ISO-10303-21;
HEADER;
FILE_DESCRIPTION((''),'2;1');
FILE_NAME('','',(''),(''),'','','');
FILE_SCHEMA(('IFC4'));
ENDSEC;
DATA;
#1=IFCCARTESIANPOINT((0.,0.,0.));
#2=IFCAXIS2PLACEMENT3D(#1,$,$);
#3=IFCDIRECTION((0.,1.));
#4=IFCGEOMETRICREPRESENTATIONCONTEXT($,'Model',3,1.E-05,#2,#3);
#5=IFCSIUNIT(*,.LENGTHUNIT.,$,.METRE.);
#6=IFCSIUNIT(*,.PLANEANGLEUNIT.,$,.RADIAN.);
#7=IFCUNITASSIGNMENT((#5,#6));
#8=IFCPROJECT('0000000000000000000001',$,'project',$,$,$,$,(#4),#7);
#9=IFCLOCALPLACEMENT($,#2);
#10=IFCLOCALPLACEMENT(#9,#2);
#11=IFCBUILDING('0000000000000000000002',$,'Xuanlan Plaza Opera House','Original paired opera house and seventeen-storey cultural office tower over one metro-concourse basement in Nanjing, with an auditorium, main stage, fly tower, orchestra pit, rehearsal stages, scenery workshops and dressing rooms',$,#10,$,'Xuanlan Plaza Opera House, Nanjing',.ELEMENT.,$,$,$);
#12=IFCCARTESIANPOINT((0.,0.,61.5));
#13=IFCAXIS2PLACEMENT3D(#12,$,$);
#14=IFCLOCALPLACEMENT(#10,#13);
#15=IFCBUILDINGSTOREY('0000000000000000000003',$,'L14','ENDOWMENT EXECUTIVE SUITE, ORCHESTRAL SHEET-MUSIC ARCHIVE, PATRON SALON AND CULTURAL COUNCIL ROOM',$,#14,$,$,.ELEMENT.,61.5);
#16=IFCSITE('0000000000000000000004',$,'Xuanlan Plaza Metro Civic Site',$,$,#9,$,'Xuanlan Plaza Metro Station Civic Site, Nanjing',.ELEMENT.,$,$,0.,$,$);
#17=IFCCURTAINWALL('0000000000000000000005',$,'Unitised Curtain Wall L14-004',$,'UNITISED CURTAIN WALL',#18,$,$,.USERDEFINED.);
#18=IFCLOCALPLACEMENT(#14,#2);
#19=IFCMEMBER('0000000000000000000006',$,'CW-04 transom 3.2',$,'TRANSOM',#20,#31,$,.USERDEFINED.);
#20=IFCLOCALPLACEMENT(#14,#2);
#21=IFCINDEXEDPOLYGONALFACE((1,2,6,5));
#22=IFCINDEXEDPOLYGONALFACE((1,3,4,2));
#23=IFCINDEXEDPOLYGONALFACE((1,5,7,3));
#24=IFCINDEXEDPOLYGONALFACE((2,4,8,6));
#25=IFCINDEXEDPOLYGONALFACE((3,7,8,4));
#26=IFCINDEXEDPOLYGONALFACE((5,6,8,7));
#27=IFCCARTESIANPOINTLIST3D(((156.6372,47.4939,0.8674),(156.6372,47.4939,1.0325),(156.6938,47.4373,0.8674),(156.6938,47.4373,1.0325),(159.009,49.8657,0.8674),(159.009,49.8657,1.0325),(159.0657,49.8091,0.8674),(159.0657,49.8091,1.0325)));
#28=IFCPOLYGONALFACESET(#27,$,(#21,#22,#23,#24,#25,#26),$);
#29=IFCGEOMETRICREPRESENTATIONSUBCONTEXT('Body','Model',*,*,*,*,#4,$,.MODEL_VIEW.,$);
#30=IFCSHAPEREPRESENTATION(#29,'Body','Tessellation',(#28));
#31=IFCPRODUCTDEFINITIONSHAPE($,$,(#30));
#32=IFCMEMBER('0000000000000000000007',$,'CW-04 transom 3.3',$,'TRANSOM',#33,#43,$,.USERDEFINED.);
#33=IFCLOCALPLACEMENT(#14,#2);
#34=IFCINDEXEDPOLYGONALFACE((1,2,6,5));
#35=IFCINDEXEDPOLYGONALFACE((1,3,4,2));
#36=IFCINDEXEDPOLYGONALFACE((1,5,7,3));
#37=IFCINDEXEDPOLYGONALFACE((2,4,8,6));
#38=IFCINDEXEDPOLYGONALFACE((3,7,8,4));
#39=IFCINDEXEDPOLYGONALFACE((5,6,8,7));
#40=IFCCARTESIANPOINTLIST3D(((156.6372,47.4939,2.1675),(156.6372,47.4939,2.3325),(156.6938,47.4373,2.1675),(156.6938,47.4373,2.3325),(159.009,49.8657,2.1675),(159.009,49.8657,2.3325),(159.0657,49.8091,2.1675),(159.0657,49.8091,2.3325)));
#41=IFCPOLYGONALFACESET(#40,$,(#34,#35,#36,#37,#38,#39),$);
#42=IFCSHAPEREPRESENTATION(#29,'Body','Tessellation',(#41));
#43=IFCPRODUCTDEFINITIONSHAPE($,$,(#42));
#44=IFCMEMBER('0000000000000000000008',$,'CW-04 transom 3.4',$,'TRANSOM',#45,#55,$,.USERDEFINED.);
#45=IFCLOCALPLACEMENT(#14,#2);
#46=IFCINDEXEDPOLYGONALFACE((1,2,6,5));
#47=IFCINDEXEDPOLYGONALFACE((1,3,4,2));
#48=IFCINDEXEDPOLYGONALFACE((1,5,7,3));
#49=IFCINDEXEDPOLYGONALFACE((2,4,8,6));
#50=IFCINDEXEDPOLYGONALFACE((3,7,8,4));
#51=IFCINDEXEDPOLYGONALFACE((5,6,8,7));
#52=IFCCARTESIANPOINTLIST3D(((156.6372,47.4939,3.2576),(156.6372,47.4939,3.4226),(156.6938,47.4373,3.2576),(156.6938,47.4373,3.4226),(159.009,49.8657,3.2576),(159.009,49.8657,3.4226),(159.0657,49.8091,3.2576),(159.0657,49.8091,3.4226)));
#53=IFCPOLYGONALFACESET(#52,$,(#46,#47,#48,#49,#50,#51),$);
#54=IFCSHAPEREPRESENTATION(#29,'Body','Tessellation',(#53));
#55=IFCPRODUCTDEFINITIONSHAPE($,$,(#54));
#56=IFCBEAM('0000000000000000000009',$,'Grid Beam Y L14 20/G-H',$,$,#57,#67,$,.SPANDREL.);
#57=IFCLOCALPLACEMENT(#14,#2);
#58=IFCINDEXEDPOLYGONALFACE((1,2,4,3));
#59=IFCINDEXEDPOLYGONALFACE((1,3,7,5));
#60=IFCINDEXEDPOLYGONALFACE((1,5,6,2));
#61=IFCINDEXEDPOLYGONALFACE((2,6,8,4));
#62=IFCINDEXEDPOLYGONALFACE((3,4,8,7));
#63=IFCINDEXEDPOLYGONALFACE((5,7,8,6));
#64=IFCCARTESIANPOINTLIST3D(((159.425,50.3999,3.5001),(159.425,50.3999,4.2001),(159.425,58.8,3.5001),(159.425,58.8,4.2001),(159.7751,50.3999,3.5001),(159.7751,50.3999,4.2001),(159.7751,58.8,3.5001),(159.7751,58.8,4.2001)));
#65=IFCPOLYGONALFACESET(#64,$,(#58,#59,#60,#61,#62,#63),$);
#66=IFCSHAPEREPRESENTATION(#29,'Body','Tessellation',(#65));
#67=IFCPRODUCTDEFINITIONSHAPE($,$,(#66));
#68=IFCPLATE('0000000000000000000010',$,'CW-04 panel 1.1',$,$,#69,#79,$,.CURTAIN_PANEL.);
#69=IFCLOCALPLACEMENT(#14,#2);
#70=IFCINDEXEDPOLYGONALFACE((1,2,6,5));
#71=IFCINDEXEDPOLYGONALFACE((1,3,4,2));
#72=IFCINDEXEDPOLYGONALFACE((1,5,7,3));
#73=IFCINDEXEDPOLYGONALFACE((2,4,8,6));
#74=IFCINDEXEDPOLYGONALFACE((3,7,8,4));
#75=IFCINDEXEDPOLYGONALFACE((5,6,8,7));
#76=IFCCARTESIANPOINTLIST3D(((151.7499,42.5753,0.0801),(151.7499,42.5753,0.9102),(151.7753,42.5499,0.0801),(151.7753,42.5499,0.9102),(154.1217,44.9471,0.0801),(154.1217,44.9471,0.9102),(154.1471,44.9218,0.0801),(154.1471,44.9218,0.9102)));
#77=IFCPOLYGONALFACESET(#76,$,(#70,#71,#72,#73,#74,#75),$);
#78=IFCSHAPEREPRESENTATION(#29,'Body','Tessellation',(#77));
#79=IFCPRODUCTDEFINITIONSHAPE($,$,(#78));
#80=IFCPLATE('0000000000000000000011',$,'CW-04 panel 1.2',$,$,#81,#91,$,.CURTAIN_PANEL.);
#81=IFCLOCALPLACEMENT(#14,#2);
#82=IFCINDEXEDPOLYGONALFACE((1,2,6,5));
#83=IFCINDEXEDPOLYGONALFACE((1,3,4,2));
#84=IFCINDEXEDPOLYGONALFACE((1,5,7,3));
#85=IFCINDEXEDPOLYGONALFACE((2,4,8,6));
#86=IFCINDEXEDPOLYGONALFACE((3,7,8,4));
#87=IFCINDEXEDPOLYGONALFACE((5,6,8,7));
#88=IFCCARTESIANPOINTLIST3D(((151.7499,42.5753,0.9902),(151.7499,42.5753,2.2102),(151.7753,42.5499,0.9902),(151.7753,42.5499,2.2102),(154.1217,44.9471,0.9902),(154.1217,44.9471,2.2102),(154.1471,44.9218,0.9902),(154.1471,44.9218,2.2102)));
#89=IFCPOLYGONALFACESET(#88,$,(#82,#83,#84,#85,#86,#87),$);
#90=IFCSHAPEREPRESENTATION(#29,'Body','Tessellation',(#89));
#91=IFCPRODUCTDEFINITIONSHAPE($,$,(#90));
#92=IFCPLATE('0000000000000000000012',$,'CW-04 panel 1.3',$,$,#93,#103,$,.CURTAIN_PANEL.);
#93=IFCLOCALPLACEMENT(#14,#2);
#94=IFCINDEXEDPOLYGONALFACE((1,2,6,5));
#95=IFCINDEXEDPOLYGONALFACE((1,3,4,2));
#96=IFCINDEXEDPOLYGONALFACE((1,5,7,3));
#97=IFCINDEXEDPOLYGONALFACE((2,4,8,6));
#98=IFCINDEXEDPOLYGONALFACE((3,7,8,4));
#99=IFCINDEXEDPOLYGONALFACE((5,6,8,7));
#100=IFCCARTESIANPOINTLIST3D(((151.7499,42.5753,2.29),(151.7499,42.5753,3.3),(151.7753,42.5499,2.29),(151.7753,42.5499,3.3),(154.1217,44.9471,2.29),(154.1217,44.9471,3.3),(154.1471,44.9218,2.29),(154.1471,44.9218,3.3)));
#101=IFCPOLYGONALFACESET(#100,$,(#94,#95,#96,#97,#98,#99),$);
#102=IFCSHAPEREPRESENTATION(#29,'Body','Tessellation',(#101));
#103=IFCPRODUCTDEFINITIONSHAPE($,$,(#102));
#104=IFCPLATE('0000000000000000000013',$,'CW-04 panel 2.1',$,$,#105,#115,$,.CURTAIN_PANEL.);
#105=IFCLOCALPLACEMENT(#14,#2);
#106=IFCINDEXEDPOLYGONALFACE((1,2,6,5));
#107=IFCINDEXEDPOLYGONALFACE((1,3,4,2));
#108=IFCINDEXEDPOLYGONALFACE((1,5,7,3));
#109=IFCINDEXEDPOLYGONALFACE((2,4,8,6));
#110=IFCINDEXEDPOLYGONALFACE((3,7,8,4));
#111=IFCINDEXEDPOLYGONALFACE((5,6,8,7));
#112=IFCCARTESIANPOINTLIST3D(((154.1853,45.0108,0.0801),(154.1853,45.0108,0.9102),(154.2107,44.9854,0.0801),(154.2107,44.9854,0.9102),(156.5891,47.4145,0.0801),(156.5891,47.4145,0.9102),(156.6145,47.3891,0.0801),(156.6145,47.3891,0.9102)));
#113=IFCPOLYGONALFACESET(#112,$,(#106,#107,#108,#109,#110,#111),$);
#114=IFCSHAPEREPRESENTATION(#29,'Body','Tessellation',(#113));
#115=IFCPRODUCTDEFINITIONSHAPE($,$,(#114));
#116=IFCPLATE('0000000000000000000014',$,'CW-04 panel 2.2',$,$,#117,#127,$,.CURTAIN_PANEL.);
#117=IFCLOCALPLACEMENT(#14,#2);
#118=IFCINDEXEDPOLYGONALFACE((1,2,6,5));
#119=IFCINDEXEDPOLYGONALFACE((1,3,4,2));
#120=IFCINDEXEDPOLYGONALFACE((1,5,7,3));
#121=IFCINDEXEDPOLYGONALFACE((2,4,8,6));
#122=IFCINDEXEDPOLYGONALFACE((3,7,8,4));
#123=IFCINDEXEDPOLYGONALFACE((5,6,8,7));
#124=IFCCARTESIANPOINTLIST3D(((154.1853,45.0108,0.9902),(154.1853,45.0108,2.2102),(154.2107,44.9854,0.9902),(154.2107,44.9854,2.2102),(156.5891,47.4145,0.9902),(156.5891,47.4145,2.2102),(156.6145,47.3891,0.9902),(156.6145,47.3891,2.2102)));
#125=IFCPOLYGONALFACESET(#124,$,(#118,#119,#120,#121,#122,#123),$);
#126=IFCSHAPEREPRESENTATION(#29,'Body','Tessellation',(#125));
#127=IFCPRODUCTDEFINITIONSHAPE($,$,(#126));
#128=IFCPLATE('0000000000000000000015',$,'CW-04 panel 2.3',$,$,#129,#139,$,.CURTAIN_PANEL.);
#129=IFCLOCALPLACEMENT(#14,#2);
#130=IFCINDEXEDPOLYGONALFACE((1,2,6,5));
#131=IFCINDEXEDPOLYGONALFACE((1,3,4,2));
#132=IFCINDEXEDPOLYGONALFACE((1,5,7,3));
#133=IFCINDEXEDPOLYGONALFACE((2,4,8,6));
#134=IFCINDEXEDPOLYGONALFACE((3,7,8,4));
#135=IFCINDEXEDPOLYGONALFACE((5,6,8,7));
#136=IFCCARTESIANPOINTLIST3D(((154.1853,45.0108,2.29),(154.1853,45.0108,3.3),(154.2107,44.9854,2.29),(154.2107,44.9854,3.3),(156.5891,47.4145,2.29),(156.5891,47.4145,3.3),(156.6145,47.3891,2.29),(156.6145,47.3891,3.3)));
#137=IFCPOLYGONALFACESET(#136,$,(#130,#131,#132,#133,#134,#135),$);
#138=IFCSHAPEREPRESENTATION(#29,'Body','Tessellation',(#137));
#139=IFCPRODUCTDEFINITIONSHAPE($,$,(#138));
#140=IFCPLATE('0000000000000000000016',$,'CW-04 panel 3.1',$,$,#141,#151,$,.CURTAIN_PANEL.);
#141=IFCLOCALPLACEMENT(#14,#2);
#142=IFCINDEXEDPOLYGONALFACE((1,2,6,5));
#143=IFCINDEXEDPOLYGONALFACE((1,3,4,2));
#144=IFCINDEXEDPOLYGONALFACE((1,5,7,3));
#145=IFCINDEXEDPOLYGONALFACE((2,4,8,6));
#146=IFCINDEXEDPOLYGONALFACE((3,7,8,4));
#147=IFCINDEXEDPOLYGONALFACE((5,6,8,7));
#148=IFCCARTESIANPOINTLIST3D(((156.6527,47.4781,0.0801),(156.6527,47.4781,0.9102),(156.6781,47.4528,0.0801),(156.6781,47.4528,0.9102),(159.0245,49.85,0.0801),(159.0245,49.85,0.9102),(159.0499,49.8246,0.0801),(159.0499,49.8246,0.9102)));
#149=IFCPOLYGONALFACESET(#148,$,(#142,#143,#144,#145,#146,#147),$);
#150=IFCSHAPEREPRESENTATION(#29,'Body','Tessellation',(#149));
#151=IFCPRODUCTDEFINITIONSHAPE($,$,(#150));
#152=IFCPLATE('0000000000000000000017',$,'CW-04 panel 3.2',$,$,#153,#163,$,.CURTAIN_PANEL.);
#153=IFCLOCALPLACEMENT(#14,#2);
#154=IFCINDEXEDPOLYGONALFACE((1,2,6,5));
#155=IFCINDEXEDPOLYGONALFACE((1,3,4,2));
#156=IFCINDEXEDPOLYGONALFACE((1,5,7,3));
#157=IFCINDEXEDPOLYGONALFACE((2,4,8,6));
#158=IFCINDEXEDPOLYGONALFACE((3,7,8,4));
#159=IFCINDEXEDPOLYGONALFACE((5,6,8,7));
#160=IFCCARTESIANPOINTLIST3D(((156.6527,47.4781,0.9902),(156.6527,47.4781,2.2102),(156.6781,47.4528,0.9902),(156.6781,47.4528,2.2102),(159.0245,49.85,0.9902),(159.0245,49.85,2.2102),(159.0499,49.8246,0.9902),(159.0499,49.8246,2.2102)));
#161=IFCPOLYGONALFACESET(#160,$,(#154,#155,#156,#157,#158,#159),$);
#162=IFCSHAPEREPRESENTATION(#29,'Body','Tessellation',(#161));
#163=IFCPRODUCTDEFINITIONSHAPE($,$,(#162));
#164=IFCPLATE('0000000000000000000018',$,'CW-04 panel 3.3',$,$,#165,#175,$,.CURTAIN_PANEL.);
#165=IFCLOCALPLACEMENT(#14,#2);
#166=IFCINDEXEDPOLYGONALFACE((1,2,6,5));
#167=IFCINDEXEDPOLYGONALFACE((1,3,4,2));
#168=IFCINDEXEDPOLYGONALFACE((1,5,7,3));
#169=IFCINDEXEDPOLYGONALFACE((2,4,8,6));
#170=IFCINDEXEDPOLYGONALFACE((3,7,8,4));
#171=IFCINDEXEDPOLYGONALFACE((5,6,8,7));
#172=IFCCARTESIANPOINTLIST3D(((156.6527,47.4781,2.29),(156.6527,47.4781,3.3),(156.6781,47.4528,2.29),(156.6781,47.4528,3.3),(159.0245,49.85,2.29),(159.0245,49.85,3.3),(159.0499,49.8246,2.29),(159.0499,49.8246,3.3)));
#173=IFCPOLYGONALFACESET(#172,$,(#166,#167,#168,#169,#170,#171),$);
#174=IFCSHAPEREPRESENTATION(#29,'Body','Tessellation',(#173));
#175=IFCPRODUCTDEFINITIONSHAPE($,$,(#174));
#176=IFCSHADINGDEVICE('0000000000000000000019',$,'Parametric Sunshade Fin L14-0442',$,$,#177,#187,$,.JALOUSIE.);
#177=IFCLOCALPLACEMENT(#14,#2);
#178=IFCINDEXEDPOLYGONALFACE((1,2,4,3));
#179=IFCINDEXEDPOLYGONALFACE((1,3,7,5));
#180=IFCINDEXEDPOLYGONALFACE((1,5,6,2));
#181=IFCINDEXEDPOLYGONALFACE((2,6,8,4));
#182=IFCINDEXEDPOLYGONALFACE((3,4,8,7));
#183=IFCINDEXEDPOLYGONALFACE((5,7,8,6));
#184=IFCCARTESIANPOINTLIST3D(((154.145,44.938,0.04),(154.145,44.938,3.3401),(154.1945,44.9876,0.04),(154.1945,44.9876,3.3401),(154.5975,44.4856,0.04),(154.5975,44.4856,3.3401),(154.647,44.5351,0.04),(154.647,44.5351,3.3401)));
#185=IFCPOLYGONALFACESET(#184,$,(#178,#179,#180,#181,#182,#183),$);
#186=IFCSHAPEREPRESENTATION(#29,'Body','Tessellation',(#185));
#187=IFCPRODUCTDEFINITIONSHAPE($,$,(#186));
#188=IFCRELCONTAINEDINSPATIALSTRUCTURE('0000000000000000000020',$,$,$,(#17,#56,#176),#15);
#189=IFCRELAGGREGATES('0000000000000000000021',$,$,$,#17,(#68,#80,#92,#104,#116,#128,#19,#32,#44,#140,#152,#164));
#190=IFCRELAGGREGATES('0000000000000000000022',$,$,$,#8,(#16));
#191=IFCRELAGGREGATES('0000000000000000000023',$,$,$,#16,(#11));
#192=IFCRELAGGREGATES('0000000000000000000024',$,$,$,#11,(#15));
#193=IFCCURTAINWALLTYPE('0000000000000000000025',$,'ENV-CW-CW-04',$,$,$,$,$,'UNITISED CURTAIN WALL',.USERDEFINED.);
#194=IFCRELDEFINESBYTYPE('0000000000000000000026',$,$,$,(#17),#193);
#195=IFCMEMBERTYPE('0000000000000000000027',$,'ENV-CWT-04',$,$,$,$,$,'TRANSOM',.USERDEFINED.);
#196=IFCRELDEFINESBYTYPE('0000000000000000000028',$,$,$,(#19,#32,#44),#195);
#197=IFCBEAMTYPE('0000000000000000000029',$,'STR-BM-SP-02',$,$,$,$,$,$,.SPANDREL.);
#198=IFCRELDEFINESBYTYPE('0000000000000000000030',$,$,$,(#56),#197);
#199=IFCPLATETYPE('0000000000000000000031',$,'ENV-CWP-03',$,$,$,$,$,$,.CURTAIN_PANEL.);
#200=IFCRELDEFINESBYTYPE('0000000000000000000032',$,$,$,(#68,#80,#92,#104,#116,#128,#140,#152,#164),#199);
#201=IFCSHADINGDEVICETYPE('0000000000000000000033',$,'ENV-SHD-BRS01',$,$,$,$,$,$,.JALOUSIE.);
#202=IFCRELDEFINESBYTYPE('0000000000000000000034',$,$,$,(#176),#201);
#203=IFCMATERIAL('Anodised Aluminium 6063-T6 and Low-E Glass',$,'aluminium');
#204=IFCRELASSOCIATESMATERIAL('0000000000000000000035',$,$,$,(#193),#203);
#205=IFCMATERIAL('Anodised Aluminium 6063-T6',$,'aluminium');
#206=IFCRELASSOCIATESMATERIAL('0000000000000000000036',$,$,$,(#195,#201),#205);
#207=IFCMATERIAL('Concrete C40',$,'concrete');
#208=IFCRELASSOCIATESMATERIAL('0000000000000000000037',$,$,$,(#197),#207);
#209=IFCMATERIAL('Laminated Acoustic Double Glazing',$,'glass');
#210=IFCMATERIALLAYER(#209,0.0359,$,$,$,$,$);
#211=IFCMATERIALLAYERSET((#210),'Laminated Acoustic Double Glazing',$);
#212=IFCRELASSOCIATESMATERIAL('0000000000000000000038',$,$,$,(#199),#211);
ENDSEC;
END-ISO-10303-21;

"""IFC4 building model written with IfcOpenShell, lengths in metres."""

from ifc_helpers import new_model, si_unit, direction, frame, origin, origin_2d, place, context, subcontext, project, spatial, rectangle, extrude, material, layer, layer_set, material_profile, profile_set, type_object, element, aggregate, save


model = new_model("IFC4")

# Units and contexts
model_context = context("Model", 3, precision=1e-05, world=origin(), true_north=direction((0.0, 1.0)))
body_context = subcontext(model_context, "Body", "Model", "MODEL_VIEW")
ifc_project = project(units=[si_unit("LENGTHUNIT", "METRE"), si_unit("PLANEANGLEUNIT", "RADIAN")], contexts=[model_context])

# Site, building, storey
site_placement = place(None, origin())
site = spatial("IfcSite", under=ifc_project, at=site_placement, Name="Xuanlan Plaza Metro Civic Site", LongName="Xuanlan Plaza Metro Station Civic Site, Nanjing", CompositionType="ELEMENT", RefElevation=0.0)
building_placement = place(site_placement, origin())
building = spatial("IfcBuilding", under=site, at=building_placement, Name="Xuanlan Plaza Opera House", Description="Original paired opera house and seventeen-storey cultural office tower over one metro-concourse basement in Nanjing, with an auditorium, main stage, fly tower, orchestra pit, rehearsal stages, scenery workshops and dressing rooms", LongName="Xuanlan Plaza Opera House, Nanjing", CompositionType="ELEMENT")
storey_placement = place(building_placement, frame((0.0, 0.0, 61.5)))
storey = spatial("IfcBuildingStorey", under=building, at=storey_placement, Name="L14", Description="ENDOWMENT EXECUTIVE SUITE, ORCHESTRAL SHEET-MUSIC ARCHIVE, PATRON SALON AND CULTURAL COUNCIL ROOM", CompositionType="ELEMENT", Elevation=61.5)

# Curtain wall, members
ifc_material_1 = material(Name="Anodised Aluminium 6063-T6 and Low-E Glass", Category="aluminium")
curtain_wall_type = type_object("IfcCurtainWallType", Name="ENV-CW-CW-04", ElementType="UNITISED CURTAIN WALL", PredefinedType="USERDEFINED", material=ifc_material_1)
curtain_wall_placement = place(storey_placement, origin())
curtain_wall = element("IfcCurtainWall", 1, at=curtain_wall_placement, inside=storey, type_object=curtain_wall_type, Name="Unitised Curtain Wall L14-004", ObjectType="UNITISED CURTAIN WALL", PredefinedType="USERDEFINED")
ifc_material_2 = material(Name="Anodised Aluminium 6063-T6", Category="aluminium")
ifc_material_profile_1 = material_profile(ifc_material_2, rectangle(XDim=0.0801, YDim=0.165, at=origin_2d()), Name="ALU-T 80x165")
ifc_profile_set_1 = profile_set([ifc_material_profile_1], Name="Anodised Aluminium 6063-T6")
member_type_1 = type_object("IfcMemberType", Name="ENV-CWT-04", ElementType="TRANSOM", PredefinedType="USERDEFINED", material=ifc_profile_set_1)
member_1_placement = place(storey_placement, frame((156.6655, 47.4656, 0.95), z_axis=(0.707107, 0.707107, 0.0), x_axis=(-0.707107, 0.707107, 0.0)))
member_1 = element("IfcMember", 2, at=member_1_placement, type_object=member_type_1, Name="CW-04 transom 3.2", ObjectType="TRANSOM", PredefinedType="USERDEFINED", context=body_context, shape_type="SweptSolid", body=[
    extrude(rectangle(XDim=0.0801, YDim=0.165, at=origin_2d()), origin(), (0.0, 0.0, 1.0), 3.3542),
])
member_2_placement = place(storey_placement, frame((156.6655, 47.4656, 2.25), z_axis=(0.707107, 0.707107, 0.0), x_axis=(-0.707107, 0.707107, 0.0)))
member_2 = element("IfcMember", 3, at=member_2_placement, type_object=member_type_1, Name="CW-04 transom 3.3", ObjectType="TRANSOM", PredefinedType="USERDEFINED", context=body_context, shape_type="SweptSolid", body=[
    extrude(rectangle(XDim=0.0801, YDim=0.165, at=origin_2d()), origin(), (0.0, 0.0, 1.0), 3.3542),
])
member_3_placement = place(storey_placement, frame((156.6655, 47.4656, 3.3401), z_axis=(0.707107, 0.707107, 0.0), x_axis=(-0.707107, 0.707107, 0.0)))
member_3 = element("IfcMember", 4, at=member_3_placement, type_object=member_type_1, Name="CW-04 transom 3.4", ObjectType="TRANSOM", PredefinedType="USERDEFINED", context=body_context, shape_type="SweptSolid", body=[
    extrude(rectangle(XDim=0.0801, YDim=0.165, at=origin_2d()), origin(), (0.0, 0.0, 1.0), 3.3542),
])

# Beam
ifc_material_3 = material(Name="Concrete C40", Category="concrete")
ifc_material_profile_2 = material_profile(ifc_material_3, rectangle(XDim=0.3501, YDim=0.7, at=origin_2d()), Name="RC-SPD 350x700")
ifc_profile_set_2 = profile_set([ifc_material_profile_2], Name="Concrete C40")
beam_type = type_object("IfcBeamType", Name="STR-BM-SP-02", PredefinedType="SPANDREL", material=ifc_profile_set_2)
beam_placement = place(storey_placement, frame((159.6001, 50.3999, 3.8501), z_axis=(0.0, 1.0, 0.0), x_axis=(-1.0, 0.0, 0.0)))
element("IfcBeam", 5, at=beam_placement, inside=storey, type_object=beam_type, Name="Grid Beam Y L14 20/G-H", PredefinedType="SPANDREL", context=body_context, shape_type="SweptSolid", body=[
    extrude(rectangle(XDim=0.3501, YDim=0.7, at=origin_2d()), origin(), (0.0, 0.0, 1.0), 8.4001),
])

# Plates
ifc_material_4 = material(Name="Laminated Acoustic Double Glazing", Category="glass")
ifc_layer = layer(ifc_material_4, 0.0359)
ifc_layer_set = layer_set([ifc_layer], Name="Laminated Acoustic Double Glazing")
plate_type = type_object("IfcPlateType", Name="ENV-CWP-03", PredefinedType="CURTAIN_PANEL", material=ifc_layer_set)
plate_1_placement = place(storey_placement, frame((152.9485, 43.7485, 0.0801), z_axis=(0.0, 0.0, 1.0), x_axis=(0.707107, 0.707107, 0.0)))
plate_1 = element("IfcPlate", 6, at=plate_1_placement, type_object=plate_type, Name="CW-04 panel 1.1", PredefinedType="CURTAIN_PANEL", context=body_context, shape_type="SweptSolid", body=[
    extrude(rectangle(XDim=3.3542, YDim=0.0359, at=origin_2d()), origin(), (0.0, 0.0, 1.0), 0.8301),
])
plate_2_placement = place(storey_placement, frame((152.9485, 43.7485, 0.9902), z_axis=(0.0, 0.0, 1.0), x_axis=(0.707107, 0.707107, 0.0)))
plate_2 = element("IfcPlate", 7, at=plate_2_placement, type_object=plate_type, Name="CW-04 panel 1.2", PredefinedType="CURTAIN_PANEL", context=body_context, shape_type="SweptSolid", body=[
    extrude(rectangle(XDim=3.3542, YDim=0.0359, at=origin_2d()), origin(), (0.0, 0.0, 1.0), 1.22),
])
plate_3_placement = place(storey_placement, frame((152.9485, 43.7485, 2.29), z_axis=(0.0, 0.0, 1.0), x_axis=(0.707107, 0.707107, 0.0)))
plate_3 = element("IfcPlate", 8, at=plate_3_placement, type_object=plate_type, Name="CW-04 panel 1.3", PredefinedType="CURTAIN_PANEL", context=body_context, shape_type="SweptSolid", body=[
    extrude(rectangle(XDim=3.3542, YDim=0.0359, at=origin_2d()), origin(), (0.0, 0.0, 1.0), 1.01),
])
plate_4_placement = place(storey_placement, frame((155.3999, 46.2, 0.0801), z_axis=(0.0, 0.0, 1.0), x_axis=(0.707107, 0.707107, 0.0)))
plate_4 = element("IfcPlate", 9, at=plate_4_placement, type_object=plate_type, Name="CW-04 panel 2.1", PredefinedType="CURTAIN_PANEL", context=body_context, shape_type="SweptSolid", body=[
    extrude(rectangle(XDim=3.3994, YDim=0.0359, at=origin_2d()), origin(), (0.0, 0.0, 1.0), 0.8301),
])
plate_5_placement = place(storey_placement, frame((155.3999, 46.2, 0.9902), z_axis=(0.0, 0.0, 1.0), x_axis=(0.707107, 0.707107, 0.0)))
plate_5 = element("IfcPlate", 10, at=plate_5_placement, type_object=plate_type, Name="CW-04 panel 2.2", PredefinedType="CURTAIN_PANEL", context=body_context, shape_type="SweptSolid", body=[
    extrude(rectangle(XDim=3.3994, YDim=0.0359, at=origin_2d()), origin(), (0.0, 0.0, 1.0), 1.22),
])
plate_6_placement = place(storey_placement, frame((155.3999, 46.2, 2.29), z_axis=(0.0, 0.0, 1.0), x_axis=(0.707107, 0.707107, 0.0)))
plate_6 = element("IfcPlate", 11, at=plate_6_placement, type_object=plate_type, Name="CW-04 panel 2.3", PredefinedType="CURTAIN_PANEL", context=body_context, shape_type="SweptSolid", body=[
    extrude(rectangle(XDim=3.3994, YDim=0.0359, at=origin_2d()), origin(), (0.0, 0.0, 1.0), 1.01),
])
plate_7_placement = place(storey_placement, frame((157.8513, 48.6514, 0.0801), z_axis=(0.0, 0.0, 1.0), x_axis=(0.707107, 0.707107, 0.0)))
plate_7 = element("IfcPlate", 12, at=plate_7_placement, type_object=plate_type, Name="CW-04 panel 3.1", PredefinedType="CURTAIN_PANEL", context=body_context, shape_type="SweptSolid", body=[
    extrude(rectangle(XDim=3.3542, YDim=0.0359, at=origin_2d()), origin(), (0.0, 0.0, 1.0), 0.8301),
])
plate_8_placement = place(storey_placement, frame((157.8513, 48.6514, 0.9902), z_axis=(0.0, 0.0, 1.0), x_axis=(0.707107, 0.707107, 0.0)))
plate_8 = element("IfcPlate", 13, at=plate_8_placement, type_object=plate_type, Name="CW-04 panel 3.2", PredefinedType="CURTAIN_PANEL", context=body_context, shape_type="SweptSolid", body=[
    extrude(rectangle(XDim=3.3542, YDim=0.0359, at=origin_2d()), origin(), (0.0, 0.0, 1.0), 1.22),
])
plate_9_placement = place(storey_placement, frame((157.8513, 48.6514, 2.29), z_axis=(0.0, 0.0, 1.0), x_axis=(0.707107, 0.707107, 0.0)))
plate_9 = element("IfcPlate", 14, at=plate_9_placement, type_object=plate_type, Name="CW-04 panel 3.3", PredefinedType="CURTAIN_PANEL", context=body_context, shape_type="SweptSolid", body=[
    extrude(rectangle(XDim=3.3542, YDim=0.0359, at=origin_2d()), origin(), (0.0, 0.0, 1.0), 1.01),
])
aggregate(curtain_wall, [plate_1, plate_2, plate_3, plate_4, plate_5, plate_6, member_1, member_2, member_3, plate_7, plate_8, plate_9])

# Shading device
shading_device_type = type_object("IfcShadingDeviceType", Name="ENV-SHD-BRS01", PredefinedType="JALOUSIE", material=ifc_material_2)
for number, where, z_axis, x_axis, name in (
    (15, (154.396, 44.7366, 0.04), (0.0, 0.0, 1.0), (0.707107, -0.707107, 0.0), "Parametric Sunshade Fin L14-0442"),
):
    element("IfcShadingDevice", number, at=place(storey_placement, frame(where, z_axis=z_axis, x_axis=x_axis)), inside=storey, type_object=shading_device_type, Name=name, PredefinedType="JALOUSIE", context=body_context, shape_type="SweptSolid", body=[
        extrude(rectangle(XDim=0.6399, YDim=0.0701, at=origin_2d()), origin(), (0.0, 0.0, 1.0), 3.3),
    ])

save(model, "model.ifc")
